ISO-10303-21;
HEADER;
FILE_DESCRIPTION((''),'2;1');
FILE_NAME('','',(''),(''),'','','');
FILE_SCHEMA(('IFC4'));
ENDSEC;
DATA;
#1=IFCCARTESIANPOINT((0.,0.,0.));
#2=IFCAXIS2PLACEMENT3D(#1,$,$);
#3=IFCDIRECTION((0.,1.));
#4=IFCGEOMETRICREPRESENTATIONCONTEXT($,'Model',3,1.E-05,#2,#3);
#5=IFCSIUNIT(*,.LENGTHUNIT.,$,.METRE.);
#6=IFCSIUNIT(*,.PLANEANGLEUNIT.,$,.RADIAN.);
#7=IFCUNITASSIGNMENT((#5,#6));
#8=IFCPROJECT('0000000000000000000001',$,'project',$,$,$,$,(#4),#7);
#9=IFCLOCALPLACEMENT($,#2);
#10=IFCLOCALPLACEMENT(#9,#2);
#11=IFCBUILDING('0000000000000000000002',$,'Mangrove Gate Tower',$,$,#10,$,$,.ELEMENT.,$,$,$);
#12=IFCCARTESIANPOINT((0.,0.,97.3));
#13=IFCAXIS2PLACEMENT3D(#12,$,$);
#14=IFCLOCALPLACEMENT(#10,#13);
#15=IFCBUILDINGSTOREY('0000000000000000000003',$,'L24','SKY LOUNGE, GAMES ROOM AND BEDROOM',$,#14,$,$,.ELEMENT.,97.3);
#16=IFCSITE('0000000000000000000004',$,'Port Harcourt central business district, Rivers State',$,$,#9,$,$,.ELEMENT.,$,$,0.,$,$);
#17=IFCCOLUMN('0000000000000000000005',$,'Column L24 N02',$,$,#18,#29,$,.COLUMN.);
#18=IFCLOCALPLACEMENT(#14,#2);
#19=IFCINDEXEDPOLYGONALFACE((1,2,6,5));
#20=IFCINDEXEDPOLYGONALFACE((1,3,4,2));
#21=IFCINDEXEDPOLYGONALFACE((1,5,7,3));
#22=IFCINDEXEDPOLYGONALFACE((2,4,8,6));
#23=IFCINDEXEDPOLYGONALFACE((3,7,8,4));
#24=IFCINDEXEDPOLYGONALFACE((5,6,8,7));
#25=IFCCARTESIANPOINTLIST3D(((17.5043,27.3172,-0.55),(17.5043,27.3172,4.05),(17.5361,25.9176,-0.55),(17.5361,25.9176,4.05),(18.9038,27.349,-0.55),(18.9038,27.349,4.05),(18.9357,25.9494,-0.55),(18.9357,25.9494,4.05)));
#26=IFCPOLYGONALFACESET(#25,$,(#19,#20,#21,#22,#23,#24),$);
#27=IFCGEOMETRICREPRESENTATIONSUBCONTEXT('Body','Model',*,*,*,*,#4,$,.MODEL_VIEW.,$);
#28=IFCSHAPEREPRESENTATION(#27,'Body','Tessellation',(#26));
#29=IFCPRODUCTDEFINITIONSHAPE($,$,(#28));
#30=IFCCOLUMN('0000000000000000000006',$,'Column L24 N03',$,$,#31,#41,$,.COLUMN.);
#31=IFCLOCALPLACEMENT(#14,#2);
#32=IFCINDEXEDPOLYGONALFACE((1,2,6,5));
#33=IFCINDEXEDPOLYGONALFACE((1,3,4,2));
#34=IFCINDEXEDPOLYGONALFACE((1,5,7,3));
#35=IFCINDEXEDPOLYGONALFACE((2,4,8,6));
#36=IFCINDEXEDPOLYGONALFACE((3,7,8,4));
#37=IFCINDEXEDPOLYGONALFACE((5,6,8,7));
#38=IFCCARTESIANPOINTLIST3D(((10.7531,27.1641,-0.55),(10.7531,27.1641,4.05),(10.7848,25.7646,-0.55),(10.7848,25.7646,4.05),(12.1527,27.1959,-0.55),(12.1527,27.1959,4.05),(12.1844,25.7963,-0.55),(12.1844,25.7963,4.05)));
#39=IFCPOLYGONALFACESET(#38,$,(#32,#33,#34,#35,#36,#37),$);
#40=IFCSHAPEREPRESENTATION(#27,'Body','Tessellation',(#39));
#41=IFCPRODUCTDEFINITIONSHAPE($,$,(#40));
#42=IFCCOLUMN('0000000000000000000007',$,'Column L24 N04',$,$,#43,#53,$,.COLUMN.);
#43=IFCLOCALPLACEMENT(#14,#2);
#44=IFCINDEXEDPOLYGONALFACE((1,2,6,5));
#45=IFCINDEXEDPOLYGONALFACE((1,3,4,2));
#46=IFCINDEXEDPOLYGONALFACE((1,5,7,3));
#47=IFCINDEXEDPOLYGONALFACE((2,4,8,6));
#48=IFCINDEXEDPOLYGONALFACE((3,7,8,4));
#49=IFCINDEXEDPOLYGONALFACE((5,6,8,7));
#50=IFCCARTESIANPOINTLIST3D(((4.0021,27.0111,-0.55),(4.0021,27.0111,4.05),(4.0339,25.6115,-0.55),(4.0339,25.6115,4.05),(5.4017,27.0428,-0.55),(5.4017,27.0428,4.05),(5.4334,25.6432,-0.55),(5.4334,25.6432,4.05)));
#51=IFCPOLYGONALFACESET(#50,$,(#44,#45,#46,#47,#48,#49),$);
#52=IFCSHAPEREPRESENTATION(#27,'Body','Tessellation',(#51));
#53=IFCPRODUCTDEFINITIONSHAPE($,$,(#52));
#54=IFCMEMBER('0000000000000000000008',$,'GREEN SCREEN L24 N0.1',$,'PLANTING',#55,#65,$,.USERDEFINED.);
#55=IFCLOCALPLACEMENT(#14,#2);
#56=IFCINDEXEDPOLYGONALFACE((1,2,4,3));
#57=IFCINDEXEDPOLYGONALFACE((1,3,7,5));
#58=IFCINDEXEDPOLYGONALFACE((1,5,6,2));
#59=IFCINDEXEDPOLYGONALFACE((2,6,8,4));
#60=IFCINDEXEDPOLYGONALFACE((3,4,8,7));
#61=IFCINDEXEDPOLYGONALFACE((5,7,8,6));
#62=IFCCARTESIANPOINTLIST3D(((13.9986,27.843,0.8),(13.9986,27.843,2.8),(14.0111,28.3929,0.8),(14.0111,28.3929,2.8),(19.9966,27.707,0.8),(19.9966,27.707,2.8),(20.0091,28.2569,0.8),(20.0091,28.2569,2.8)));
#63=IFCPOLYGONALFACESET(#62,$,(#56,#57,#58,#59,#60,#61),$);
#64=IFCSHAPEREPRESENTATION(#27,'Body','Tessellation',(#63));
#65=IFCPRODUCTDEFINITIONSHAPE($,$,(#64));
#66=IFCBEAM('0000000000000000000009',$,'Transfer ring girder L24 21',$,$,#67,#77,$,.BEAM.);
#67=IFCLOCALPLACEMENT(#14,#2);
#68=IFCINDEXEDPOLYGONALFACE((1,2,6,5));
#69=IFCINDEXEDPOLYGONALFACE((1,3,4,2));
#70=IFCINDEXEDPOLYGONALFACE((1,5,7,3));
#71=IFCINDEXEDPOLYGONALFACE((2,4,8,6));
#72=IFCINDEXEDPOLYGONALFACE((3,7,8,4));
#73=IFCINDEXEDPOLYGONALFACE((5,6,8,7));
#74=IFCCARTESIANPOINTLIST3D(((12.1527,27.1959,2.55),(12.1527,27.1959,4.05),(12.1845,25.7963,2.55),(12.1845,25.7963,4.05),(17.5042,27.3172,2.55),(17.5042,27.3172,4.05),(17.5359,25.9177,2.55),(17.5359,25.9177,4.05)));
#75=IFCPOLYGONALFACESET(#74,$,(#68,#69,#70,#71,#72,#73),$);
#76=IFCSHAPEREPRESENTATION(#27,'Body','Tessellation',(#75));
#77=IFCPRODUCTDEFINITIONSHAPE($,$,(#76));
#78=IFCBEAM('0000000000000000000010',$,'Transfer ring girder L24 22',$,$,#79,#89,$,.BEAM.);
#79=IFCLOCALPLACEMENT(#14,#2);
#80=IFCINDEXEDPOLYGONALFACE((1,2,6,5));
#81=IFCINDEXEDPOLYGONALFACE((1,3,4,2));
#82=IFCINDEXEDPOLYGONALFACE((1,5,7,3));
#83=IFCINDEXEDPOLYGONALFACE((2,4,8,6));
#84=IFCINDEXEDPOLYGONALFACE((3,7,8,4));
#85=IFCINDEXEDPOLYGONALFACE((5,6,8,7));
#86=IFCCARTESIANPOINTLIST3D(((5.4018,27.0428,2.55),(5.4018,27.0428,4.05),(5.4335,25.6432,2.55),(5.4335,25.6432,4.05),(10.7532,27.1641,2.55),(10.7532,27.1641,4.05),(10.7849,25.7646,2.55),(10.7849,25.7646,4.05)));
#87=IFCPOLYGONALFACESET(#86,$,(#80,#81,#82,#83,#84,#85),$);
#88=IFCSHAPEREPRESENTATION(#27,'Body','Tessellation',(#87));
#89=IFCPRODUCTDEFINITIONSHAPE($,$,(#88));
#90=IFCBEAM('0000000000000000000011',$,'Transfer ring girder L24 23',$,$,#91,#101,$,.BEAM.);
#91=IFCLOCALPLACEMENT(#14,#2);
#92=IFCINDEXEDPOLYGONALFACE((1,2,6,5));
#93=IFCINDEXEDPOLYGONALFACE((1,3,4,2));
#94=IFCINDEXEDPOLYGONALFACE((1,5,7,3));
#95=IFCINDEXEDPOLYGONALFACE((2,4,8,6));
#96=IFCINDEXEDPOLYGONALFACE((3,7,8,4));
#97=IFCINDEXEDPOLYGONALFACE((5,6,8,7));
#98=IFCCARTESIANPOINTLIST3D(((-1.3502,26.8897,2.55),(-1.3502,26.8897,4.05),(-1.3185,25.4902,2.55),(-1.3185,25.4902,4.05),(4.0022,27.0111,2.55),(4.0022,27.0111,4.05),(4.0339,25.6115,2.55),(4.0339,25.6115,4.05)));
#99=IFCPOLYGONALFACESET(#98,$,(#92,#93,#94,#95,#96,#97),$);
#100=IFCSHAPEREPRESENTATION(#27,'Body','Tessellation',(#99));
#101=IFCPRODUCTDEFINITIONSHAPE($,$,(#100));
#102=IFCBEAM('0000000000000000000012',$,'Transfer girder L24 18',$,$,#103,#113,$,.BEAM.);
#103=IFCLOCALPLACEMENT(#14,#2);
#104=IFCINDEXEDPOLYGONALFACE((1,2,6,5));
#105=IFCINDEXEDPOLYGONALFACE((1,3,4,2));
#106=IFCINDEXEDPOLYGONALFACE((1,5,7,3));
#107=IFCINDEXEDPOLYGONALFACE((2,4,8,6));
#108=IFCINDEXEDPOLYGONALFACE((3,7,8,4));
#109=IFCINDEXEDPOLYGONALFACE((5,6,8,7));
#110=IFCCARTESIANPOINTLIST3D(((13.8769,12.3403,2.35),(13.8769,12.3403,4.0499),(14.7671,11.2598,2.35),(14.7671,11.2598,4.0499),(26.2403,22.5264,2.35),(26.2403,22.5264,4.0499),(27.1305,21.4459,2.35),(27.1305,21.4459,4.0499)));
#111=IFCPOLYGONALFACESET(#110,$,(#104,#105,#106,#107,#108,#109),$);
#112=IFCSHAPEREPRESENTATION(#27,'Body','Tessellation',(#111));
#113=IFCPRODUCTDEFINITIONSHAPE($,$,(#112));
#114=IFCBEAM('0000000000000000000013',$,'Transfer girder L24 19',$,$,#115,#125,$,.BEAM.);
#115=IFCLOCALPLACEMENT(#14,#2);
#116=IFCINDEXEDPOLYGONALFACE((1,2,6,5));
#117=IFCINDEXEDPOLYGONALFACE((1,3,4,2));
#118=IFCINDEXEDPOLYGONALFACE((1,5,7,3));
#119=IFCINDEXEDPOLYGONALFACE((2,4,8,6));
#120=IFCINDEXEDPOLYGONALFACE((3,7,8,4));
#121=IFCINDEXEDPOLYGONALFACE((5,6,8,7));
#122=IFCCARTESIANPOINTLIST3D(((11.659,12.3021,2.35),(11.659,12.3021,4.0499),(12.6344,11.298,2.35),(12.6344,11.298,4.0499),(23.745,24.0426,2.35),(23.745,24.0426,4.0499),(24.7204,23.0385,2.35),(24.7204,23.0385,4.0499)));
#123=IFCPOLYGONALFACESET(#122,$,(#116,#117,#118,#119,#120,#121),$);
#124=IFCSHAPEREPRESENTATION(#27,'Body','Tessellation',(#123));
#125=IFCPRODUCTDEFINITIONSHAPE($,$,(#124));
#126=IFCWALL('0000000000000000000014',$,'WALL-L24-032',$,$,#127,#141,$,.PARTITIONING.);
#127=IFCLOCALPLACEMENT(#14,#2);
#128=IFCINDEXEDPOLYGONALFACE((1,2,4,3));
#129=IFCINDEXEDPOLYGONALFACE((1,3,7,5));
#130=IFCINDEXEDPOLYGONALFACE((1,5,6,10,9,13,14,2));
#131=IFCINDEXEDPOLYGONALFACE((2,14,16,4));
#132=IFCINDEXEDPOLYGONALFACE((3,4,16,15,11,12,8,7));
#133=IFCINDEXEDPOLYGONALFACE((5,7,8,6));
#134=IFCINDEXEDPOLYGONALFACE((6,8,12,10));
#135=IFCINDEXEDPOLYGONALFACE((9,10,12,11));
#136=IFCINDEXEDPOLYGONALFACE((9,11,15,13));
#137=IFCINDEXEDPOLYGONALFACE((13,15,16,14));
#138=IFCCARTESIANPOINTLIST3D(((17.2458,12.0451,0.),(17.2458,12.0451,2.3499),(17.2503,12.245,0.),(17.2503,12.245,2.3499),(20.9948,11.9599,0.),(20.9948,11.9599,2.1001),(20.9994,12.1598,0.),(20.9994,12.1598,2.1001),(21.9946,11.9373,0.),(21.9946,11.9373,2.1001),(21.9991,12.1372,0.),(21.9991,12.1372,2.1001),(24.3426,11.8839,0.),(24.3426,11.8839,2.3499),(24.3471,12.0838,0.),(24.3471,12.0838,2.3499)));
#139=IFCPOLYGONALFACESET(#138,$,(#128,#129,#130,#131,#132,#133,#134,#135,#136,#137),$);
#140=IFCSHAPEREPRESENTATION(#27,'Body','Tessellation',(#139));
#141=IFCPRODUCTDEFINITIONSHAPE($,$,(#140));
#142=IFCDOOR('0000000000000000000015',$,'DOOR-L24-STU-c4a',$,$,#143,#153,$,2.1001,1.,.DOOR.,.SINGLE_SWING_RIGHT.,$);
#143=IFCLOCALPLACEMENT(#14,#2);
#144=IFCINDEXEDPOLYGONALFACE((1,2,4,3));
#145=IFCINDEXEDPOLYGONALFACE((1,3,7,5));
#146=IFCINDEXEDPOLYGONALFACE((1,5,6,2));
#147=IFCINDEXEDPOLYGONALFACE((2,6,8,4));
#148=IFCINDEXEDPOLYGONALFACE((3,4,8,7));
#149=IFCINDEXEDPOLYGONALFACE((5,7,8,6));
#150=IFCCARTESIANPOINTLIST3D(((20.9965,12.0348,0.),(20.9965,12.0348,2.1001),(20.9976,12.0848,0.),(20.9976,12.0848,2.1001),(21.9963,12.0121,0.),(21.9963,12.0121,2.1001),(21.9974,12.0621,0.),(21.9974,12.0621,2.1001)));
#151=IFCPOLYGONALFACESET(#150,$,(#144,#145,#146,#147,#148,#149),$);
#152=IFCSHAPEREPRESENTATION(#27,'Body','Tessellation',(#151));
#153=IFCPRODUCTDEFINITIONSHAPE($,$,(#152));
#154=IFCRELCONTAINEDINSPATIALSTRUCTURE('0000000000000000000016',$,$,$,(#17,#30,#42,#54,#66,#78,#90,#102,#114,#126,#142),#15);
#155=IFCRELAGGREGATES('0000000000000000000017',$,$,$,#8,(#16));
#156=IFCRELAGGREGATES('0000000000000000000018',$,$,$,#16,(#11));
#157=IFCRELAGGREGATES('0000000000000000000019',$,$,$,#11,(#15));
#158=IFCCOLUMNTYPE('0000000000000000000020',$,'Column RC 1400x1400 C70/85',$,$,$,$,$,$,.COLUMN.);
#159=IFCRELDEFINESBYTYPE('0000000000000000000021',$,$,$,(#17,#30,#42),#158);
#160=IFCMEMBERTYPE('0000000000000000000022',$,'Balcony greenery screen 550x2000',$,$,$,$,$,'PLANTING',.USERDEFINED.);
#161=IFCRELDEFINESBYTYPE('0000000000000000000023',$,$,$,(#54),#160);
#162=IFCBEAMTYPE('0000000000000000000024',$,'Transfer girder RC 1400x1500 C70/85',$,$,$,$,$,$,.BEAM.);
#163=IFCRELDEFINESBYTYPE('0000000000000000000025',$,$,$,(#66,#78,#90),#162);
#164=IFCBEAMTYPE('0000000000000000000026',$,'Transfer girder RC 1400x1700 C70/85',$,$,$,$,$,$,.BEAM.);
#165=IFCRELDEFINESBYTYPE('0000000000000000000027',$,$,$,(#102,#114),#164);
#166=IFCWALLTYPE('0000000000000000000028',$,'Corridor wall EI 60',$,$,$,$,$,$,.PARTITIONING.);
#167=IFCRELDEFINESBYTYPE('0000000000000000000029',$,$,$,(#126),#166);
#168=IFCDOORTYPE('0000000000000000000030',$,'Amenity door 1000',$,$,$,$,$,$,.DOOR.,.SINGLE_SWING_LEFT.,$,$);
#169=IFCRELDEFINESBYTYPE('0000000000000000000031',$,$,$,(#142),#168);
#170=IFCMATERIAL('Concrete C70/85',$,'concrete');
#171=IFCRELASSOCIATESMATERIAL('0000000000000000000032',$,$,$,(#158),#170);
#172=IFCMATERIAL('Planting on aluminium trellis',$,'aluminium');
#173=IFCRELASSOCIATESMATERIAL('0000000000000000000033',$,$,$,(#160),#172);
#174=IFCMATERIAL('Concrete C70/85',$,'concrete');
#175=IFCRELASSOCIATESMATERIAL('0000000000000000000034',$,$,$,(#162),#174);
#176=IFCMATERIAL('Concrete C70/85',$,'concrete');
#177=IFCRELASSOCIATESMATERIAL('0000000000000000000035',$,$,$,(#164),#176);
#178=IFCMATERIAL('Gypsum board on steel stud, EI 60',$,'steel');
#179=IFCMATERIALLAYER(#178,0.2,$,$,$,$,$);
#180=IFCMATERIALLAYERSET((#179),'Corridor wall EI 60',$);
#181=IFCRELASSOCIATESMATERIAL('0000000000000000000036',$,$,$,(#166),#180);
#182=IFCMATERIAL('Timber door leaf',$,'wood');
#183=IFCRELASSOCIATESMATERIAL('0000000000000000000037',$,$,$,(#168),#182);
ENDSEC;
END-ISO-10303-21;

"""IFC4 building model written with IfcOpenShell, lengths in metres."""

from ifc_helpers import new_model, si_unit, direction, frame, frame_2d, origin, origin_2d, place, context, subcontext, project, spatial, rectangle, extrude, material, layer, layer_set, material_profile, profile_set, type_object, element, fill, save


model = new_model("IFC4")

# Units and contexts
model_context = context("Model", 3, precision=1e-05, world=origin(), true_north=direction((0.0, 1.0)))
body_context = subcontext(model_context, "Body", "Model", "MODEL_VIEW")
ifc_project = project(units=[si_unit("LENGTHUNIT", "METRE"), si_unit("PLANEANGLEUNIT", "RADIAN")], contexts=[model_context])

# Site, building, storey
site_placement = place(None, origin())
site = spatial("IfcSite", under=ifc_project, at=site_placement, Name="Port Harcourt central business district, Rivers State", CompositionType="ELEMENT", RefElevation=0.0)
building_placement = place(site_placement, origin())
building = spatial("IfcBuilding", under=site, at=building_placement, Name="Mangrove Gate Tower", CompositionType="ELEMENT")
storey_placement = place(building_placement, frame((0.0, 0.0, 97.3)))
storey = spatial("IfcBuildingStorey", under=building, at=storey_placement, Name="L24", Description="SKY LOUNGE, GAMES ROOM AND BEDROOM", CompositionType="ELEMENT", Elevation=97.3)

# Columns
ifc_material_1 = material(Name="Concrete C70/85", Category="concrete")
ifc_material_profile_1 = material_profile(ifc_material_1, rectangle(XDim=1.3999, YDim=1.3999, at=origin_2d()))
ifc_profile_set_1 = profile_set([ifc_material_profile_1], Name="Concrete C70/85")
column_type = type_object("IfcColumnType", Name="Column RC 1400x1400 C70/85", PredefinedType="COLUMN", material=ifc_profile_set_1)
for number, where, z_axis, x_axis, name in (
    (1, (18.22, 26.6333, -0.55), (0.0, 0.0, 1.0), (-0.999742, -0.02273, 0.0), "Column L24 N02"),
    (2, (11.4688, 26.4802, -0.55), (0.0, 0.0, 1.0), (-0.999743, -0.022657, 0.0), "Column L24 N03"),
    (3, (4.7178, 26.3271, -0.55), (0.0, 0.0, 1.0), (-0.999743, -0.022656, 0.0), "Column L24 N04"),
):
    element("IfcColumn", number, at=place(storey_placement, frame(where, z_axis=z_axis, x_axis=x_axis)), inside=storey, type_object=column_type, Name=name, PredefinedType="COLUMN", context=body_context, shape_type="SweptSolid", body=[
        extrude(rectangle(XDim=1.3999, YDim=1.3999, at=origin_2d()), origin(), (0.0, 0.0, 1.0), 4.6001),
    ])

# Member
ifc_material_2 = material(Name="Planting on aluminium trellis", Category="aluminium")
ifc_material_profile_2 = material_profile(ifc_material_2, rectangle(XDim=0.55, YDim=2.0, at=origin_2d()))
ifc_profile_set_2 = profile_set([ifc_material_profile_2], Name="Planting on aluminium trellis")
member_type = type_object("IfcMemberType", Name="Balcony greenery screen 550x2000", ElementType="PLANTING", PredefinedType="USERDEFINED", material=ifc_profile_set_2)
member_placement = place(storey_placement, frame((14.0049, 28.1179, 1.8), z_axis=(0.999743, -0.022666, 0.0), x_axis=(0.022666, 0.999743, 0.0)))
element("IfcMember", 4, at=member_placement, inside=storey, type_object=member_type, Name="GREEN SCREEN L24 N0.1", ObjectType="PLANTING", PredefinedType="USERDEFINED", context=body_context, shape_type="SweptSolid", body=[
    extrude(rectangle(XDim=0.55, YDim=2.0, at=origin_2d()), origin(), (0.0, 0.0, 1.0), 5.9995),
])

# Beams
ifc_material_3 = material(Name="Concrete C70/85", Category="concrete")
ifc_material_profile_3 = material_profile(ifc_material_3, rectangle(XDim=1.3999, YDim=1.5, at=origin_2d()))
ifc_profile_set_3 = profile_set([ifc_material_profile_3], Name="Concrete C70/85")
beam_type_1 = type_object("IfcBeamType", Name="Transfer girder RC 1400x1500 C70/85", PredefinedType="BEAM", material=ifc_profile_set_3)
for number, where, z_axis, x_axis, name in (
    (5, (17.52, 26.6174, 3.3), (-0.999743, -0.022669, 0.0), (0.022669, -0.999743, 0.0), "Transfer ring girder L24 21"),
    (6, (10.769, 26.4644, 3.3), (-0.999743, -0.022669, 0.0), (0.022669, -0.999743, 0.0), "Transfer ring girder L24 22"),
):
    element("IfcBeam", number, at=place(storey_placement, frame(where, z_axis=z_axis, x_axis=x_axis)), inside=storey, type_object=beam_type_1, Name=name, PredefinedType="BEAM", context=body_context, shape_type="SweptSolid", body=[
        extrude(rectangle(XDim=1.3999, YDim=1.5, at=origin_2d()), origin(), (0.0, 0.0, 1.0), 5.3528),
    ])
beam_1_placement = place(storey_placement, frame((4.0181, 26.3113, 3.3), z_axis=(-0.999743, -0.022664, 0.0), x_axis=(0.022664, -0.999743, 0.0)))
element("IfcBeam", 7, at=beam_1_placement, inside=storey, type_object=beam_type_1, Name="Transfer ring girder L24 23", PredefinedType="BEAM", context=body_context, shape_type="SweptSolid", body=[
    extrude(rectangle(XDim=1.3999, YDim=1.5, at=origin_2d()), origin(), (0.0, 0.0, 1.0), 5.3538),
])
ifc_material_4 = material(Name="Concrete C70/85", Category="concrete")
ifc_material_profile_4 = material_profile(ifc_material_4, rectangle(XDim=1.3999, YDim=1.7, at=origin_2d()))
ifc_profile_set_4 = profile_set([ifc_material_profile_4], Name="Concrete C70/85")
beam_type_2 = type_object("IfcBeamType", Name="Transfer girder RC 1400x1700 C70/85", PredefinedType="BEAM", material=ifc_profile_set_4)
beam_2_placement = place(storey_placement, frame((14.322, 11.8, 3.2), z_axis=(0.771792, 0.635875, 0.0), x_axis=(-0.635875, 0.771792, 0.0)))
element("IfcBeam", 8, at=beam_2_placement, inside=storey, type_object=beam_type_2, Name="Transfer girder L24 18", PredefinedType="BEAM", context=body_context, shape_type="SweptSolid", body=[
    extrude(rectangle(XDim=1.3999, YDim=1.7, at=origin_2d()), origin(), (0.0, 0.0, 1.0), 16.019),
])
beam_3_placement = place(storey_placement, frame((12.1467, 11.8, 3.2), z_axis=(0.717284, 0.696781, 0.0), x_axis=(-0.696781, 0.717284, 0.0)))
element("IfcBeam", 9, at=beam_3_placement, inside=storey, type_object=beam_type_2, Name="Transfer girder L24 19", PredefinedType="BEAM", context=body_context, shape_type="SweptSolid", body=[
    extrude(rectangle(XDim=1.3999, YDim=1.7, at=origin_2d()), origin(), (0.0, 0.0, 1.0), 16.8496),
])

# Wall, opening, door
ifc_material_5 = material(Name="Gypsum board on steel stud, EI 60", Category="steel")
ifc_layer_1 = layer(ifc_material_5, 0.2)
ifc_layer_set_1 = layer_set([ifc_layer_1], Name="Corridor wall EI 60")
wall_type_1 = type_object("IfcWallType", Name="Corridor wall EI 60", PredefinedType="PARTITIONING", material=ifc_layer_set_1)
wall_1_placement = place(storey_placement, frame((17.248, 12.145, 0.0), z_axis=(0.0, 0.0, 1.0), x_axis=(0.999742, -0.022699, 0.0)))
wall_1 = element("IfcWall", 10, at=wall_1_placement, inside=storey, type_object=wall_type_1, Name="WALL-L24-032", PredefinedType="PARTITIONING", context=body_context, shape_type="SweptSolid", body=[
    extrude(rectangle(XDim=7.0986, YDim=0.2, at=frame_2d((3.5493, 0.0))), origin(), (0.0, 0.0, 1.0), 2.3499),
])
opening_1_placement = place(wall_1_placement, frame((3.75, 0.0, 0.0)))
opening_1 = element("IfcOpeningElement", 11, at=opening_1_placement, cuts=wall_1, PredefinedType="OPENING", context=body_context, shape_type="SweptSolid", body=[
    extrude(rectangle(XDim=1.0, YDim=2.1001, at=frame_2d((0.5, 1.05))), frame((0.0, 0.1099, 0.0), z_axis=(0.0, -1.0, 0.0), x_axis=(1.0, 0.0, 0.0)), (0.0, 0.0, 1.0), 0.22),
])
ifc_material_6 = material(Name="Timber door leaf", Category="wood")
door_type_1 = type_object("IfcDoorType", Name="Amenity door 1000", OperationType="SINGLE_SWING_LEFT", PredefinedType="DOOR", material=ifc_material_6)
door_1_placement = place(opening_1_placement, origin())
door_1 = element("IfcDoor", 12, at=door_1_placement, inside=storey, type_object=door_type_1, Name="DOOR-L24-STU-c4a", OperationType="SINGLE_SWING_RIGHT", OverallHeight=2.1001, OverallWidth=1.0, PredefinedType="DOOR", context=body_context, shape_type="SweptSolid", body=[
    extrude(rectangle(XDim=1.0, YDim=2.1001, at=frame_2d((0.5, 1.05))), frame((0.0, 0.0249, 0.0), z_axis=(0.0, -1.0, 0.0), x_axis=(1.0, 0.0, 0.0)), (0.0, 0.0, 1.0), 0.05),
])
fill(opening_1, door_1)

save(model, "model.ifc")
